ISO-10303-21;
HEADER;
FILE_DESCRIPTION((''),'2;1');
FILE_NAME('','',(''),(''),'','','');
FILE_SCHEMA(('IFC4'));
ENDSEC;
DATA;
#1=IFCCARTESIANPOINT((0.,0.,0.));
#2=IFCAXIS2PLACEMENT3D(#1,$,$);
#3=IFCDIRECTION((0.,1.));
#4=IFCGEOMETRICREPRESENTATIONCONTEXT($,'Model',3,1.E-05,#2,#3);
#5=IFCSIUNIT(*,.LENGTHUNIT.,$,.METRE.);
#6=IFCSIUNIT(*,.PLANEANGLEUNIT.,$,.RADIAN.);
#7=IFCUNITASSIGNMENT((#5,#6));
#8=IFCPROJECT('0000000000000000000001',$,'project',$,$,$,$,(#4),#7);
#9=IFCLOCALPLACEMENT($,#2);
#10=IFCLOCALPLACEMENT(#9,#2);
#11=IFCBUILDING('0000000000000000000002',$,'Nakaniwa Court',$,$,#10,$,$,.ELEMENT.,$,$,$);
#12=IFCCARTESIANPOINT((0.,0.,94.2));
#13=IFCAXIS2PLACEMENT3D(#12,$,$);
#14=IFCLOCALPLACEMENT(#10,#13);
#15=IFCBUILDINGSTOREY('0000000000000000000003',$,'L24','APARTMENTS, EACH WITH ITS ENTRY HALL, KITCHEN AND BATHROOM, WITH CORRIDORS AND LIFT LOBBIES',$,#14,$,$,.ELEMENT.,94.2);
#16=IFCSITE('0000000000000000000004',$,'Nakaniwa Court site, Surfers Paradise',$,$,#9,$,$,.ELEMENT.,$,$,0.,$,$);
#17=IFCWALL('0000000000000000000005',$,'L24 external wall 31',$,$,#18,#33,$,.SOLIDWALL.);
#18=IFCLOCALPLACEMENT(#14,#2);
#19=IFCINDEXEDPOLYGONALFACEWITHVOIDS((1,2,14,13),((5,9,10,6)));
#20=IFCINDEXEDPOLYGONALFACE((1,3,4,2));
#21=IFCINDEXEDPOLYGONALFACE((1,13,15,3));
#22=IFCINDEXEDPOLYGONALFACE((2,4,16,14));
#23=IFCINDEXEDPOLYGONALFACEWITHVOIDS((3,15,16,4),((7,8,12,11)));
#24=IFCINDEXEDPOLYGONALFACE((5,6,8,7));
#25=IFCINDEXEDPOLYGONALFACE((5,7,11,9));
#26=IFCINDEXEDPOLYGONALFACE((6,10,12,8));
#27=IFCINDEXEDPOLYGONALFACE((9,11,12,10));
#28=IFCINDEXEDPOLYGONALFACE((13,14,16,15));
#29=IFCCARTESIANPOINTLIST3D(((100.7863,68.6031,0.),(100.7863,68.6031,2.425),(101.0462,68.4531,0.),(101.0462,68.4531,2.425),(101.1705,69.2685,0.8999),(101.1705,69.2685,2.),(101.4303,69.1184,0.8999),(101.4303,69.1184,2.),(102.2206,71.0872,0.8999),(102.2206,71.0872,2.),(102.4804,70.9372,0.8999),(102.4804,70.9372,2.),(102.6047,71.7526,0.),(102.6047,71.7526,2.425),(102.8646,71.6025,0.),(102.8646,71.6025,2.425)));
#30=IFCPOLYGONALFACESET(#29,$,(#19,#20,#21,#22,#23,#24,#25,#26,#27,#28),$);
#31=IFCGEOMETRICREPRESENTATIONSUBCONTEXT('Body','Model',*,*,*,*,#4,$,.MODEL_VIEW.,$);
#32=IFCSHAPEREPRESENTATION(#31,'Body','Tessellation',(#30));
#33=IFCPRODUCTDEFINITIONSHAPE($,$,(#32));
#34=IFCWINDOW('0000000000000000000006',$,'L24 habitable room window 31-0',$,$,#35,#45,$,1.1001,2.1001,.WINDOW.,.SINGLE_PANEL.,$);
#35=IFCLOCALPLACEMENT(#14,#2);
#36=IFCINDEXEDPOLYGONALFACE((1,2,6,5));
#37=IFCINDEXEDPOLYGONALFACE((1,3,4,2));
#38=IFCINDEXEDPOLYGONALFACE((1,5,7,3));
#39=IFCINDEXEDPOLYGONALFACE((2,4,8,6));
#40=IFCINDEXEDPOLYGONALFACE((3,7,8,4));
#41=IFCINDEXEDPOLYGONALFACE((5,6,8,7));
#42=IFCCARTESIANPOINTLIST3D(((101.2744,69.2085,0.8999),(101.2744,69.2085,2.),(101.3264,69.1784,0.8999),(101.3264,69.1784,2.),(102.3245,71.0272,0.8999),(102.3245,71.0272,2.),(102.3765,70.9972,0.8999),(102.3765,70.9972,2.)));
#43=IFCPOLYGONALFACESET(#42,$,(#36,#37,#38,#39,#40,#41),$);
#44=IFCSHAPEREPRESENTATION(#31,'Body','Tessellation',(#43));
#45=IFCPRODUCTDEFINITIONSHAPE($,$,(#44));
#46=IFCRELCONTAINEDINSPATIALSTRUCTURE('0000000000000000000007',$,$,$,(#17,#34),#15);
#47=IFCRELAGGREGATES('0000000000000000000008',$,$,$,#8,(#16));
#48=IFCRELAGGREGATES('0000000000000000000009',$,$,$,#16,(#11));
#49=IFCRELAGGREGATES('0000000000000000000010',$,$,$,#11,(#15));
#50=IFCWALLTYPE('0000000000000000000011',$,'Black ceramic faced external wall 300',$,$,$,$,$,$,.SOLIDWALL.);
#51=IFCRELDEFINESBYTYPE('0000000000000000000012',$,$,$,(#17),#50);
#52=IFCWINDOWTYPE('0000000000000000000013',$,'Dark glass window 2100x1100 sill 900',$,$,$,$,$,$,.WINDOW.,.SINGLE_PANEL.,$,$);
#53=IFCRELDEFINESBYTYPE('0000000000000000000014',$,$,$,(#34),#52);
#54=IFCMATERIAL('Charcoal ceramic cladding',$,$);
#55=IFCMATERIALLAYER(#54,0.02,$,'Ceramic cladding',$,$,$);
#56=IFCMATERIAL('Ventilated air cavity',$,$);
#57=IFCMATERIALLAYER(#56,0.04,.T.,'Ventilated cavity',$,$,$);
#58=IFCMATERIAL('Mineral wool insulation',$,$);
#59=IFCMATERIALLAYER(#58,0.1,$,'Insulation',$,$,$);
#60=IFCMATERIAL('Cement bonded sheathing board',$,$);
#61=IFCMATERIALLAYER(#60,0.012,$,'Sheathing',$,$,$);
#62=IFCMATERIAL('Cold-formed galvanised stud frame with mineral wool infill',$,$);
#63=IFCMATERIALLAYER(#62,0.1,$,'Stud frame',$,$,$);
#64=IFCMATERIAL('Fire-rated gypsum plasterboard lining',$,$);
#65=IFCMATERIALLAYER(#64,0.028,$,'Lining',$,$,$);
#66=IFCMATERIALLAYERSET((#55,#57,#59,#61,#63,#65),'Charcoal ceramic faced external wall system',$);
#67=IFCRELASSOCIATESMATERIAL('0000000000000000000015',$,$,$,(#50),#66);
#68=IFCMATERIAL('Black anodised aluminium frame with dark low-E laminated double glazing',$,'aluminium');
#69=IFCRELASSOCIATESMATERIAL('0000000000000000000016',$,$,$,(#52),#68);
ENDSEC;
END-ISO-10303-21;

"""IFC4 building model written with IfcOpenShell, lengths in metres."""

from ifc_helpers import new_model, si_unit, direction, frame, frame_2d, origin, place, context, subcontext, project, spatial, rectangle, extrude, material, layer, layer_set, type_object, element, fill, save


model = new_model("IFC4")

# Units and contexts
model_context = context("Model", 3, precision=1e-05, world=origin(), true_north=direction((0.0, 1.0)))
body_context = subcontext(model_context, "Body", "Model", "MODEL_VIEW")
ifc_project = project(units=[si_unit("LENGTHUNIT", "METRE"), si_unit("PLANEANGLEUNIT", "RADIAN")], contexts=[model_context])

# Site, building, storey
site_placement = place(None, origin())
site = spatial("IfcSite", under=ifc_project, at=site_placement, Name="Nakaniwa Court site, Surfers Paradise", CompositionType="ELEMENT", RefElevation=0.0)
building_placement = place(site_placement, origin())
building = spatial("IfcBuilding", under=site, at=building_placement, Name="Nakaniwa Court", CompositionType="ELEMENT")
storey_placement = place(building_placement, frame((0.0, 0.0, 94.2)))
storey = spatial("IfcBuildingStorey", under=building, at=storey_placement, Name="L24", Description="APARTMENTS, EACH WITH ITS ENTRY HALL, KITCHEN AND BATHROOM, WITH CORRIDORS AND LIFT LOBBIES", CompositionType="ELEMENT", Elevation=94.2)

# Wall, opening, window
ifc_material_1 = material(Name="Charcoal ceramic cladding")
ifc_layer_1 = layer(ifc_material_1, 0.02, Name="Ceramic cladding")
ifc_material_2 = material(Name="Ventilated air cavity")
ifc_layer_2 = layer(ifc_material_2, 0.04, ventilated=True, Name="Ventilated cavity")
ifc_material_3 = material(Name="Mineral wool insulation")
ifc_layer_3 = layer(ifc_material_3, 0.1, Name="Insulation")
ifc_material_4 = material(Name="Cement bonded sheathing board")
ifc_layer_4 = layer(ifc_material_4, 0.012, Name="Sheathing")
ifc_material_5 = material(Name="Cold-formed galvanised stud frame with mineral wool infill")
ifc_layer_5 = layer(ifc_material_5, 0.1, Name="Stud frame")
ifc_material_6 = material(Name="Fire-rated gypsum plasterboard lining")
ifc_layer_6 = layer(ifc_material_6, 0.028, Name="Lining")
ifc_layer_set_1 = layer_set([ifc_layer_1, ifc_layer_2, ifc_layer_3, ifc_layer_4, ifc_layer_5, ifc_layer_6], Name="Charcoal ceramic faced external wall system")
wall_type_1 = type_object("IfcWallType", Name="Black ceramic faced external wall 300", PredefinedType="SOLIDWALL", material=ifc_layer_set_1)
ifc_material_7 = material(Name="Black anodised aluminium frame with dark low-E laminated double glazing", Category="aluminium")
window_type_1 = type_object("IfcWindowType", Name="Dark glass window 2100x1100 sill 900", PartitioningType="SINGLE_PANEL", PredefinedType="WINDOW", material=ifc_material_7)
wall_1_placement = place(storey_placement, frame((100.9163, 68.5281, 0.0), z_axis=(0.0, 0.0, 1.0), x_axis=(0.500009, 0.86602, 0.0)))
wall_1 = element("IfcWall", 1, at=wall_1_placement, inside=storey, type_object=wall_type_1, Name="L24 external wall 31", PredefinedType="SOLIDWALL", context=body_context, shape_type="SweptSolid", body=[
    extrude(rectangle(XDim=3.6367, YDim=0.3, at=frame_2d((1.8184, 0.0))), origin(), (0.0, 0.0, 1.0), 2.425),
])
opening_1_placement = place(wall_1_placement, frame((0.7683, 0.0, 0.8999)))
opening_1 = element("IfcOpeningElement", 2, at=opening_1_placement, cuts=wall_1, PredefinedType="OPENING", context=body_context, shape_type="SweptSolid", body=[
    extrude(rectangle(XDim=2.1001, YDim=1.1001, at=frame_2d((1.05, 0.55))), frame((0.0, 0.1599, 0.0), z_axis=(0.0, -1.0, 0.0), x_axis=(1.0, 0.0, 0.0)), (0.0, 0.0, 1.0), 0.3201),
])
window_1_placement = place(opening_1_placement, origin())
window_1 = element("IfcWindow", 3, at=window_1_placement, inside=storey, type_object=window_type_1, Name="L24 habitable room window 31-0", OverallHeight=1.1001, OverallWidth=2.1001, PartitioningType="SINGLE_PANEL", PredefinedType="WINDOW", context=body_context, shape_type="SweptSolid", body=[
    extrude(rectangle(XDim=2.1001, YDim=1.1001, at=frame_2d((1.05, 0.55))), frame((0.0, 0.03, 0.0), z_axis=(0.0, -1.0, 0.0), x_axis=(1.0, 0.0, 0.0)), (0.0, 0.0, 1.0), 0.0601),
])
fill(opening_1, window_1)

save(model, "model.ifc")
